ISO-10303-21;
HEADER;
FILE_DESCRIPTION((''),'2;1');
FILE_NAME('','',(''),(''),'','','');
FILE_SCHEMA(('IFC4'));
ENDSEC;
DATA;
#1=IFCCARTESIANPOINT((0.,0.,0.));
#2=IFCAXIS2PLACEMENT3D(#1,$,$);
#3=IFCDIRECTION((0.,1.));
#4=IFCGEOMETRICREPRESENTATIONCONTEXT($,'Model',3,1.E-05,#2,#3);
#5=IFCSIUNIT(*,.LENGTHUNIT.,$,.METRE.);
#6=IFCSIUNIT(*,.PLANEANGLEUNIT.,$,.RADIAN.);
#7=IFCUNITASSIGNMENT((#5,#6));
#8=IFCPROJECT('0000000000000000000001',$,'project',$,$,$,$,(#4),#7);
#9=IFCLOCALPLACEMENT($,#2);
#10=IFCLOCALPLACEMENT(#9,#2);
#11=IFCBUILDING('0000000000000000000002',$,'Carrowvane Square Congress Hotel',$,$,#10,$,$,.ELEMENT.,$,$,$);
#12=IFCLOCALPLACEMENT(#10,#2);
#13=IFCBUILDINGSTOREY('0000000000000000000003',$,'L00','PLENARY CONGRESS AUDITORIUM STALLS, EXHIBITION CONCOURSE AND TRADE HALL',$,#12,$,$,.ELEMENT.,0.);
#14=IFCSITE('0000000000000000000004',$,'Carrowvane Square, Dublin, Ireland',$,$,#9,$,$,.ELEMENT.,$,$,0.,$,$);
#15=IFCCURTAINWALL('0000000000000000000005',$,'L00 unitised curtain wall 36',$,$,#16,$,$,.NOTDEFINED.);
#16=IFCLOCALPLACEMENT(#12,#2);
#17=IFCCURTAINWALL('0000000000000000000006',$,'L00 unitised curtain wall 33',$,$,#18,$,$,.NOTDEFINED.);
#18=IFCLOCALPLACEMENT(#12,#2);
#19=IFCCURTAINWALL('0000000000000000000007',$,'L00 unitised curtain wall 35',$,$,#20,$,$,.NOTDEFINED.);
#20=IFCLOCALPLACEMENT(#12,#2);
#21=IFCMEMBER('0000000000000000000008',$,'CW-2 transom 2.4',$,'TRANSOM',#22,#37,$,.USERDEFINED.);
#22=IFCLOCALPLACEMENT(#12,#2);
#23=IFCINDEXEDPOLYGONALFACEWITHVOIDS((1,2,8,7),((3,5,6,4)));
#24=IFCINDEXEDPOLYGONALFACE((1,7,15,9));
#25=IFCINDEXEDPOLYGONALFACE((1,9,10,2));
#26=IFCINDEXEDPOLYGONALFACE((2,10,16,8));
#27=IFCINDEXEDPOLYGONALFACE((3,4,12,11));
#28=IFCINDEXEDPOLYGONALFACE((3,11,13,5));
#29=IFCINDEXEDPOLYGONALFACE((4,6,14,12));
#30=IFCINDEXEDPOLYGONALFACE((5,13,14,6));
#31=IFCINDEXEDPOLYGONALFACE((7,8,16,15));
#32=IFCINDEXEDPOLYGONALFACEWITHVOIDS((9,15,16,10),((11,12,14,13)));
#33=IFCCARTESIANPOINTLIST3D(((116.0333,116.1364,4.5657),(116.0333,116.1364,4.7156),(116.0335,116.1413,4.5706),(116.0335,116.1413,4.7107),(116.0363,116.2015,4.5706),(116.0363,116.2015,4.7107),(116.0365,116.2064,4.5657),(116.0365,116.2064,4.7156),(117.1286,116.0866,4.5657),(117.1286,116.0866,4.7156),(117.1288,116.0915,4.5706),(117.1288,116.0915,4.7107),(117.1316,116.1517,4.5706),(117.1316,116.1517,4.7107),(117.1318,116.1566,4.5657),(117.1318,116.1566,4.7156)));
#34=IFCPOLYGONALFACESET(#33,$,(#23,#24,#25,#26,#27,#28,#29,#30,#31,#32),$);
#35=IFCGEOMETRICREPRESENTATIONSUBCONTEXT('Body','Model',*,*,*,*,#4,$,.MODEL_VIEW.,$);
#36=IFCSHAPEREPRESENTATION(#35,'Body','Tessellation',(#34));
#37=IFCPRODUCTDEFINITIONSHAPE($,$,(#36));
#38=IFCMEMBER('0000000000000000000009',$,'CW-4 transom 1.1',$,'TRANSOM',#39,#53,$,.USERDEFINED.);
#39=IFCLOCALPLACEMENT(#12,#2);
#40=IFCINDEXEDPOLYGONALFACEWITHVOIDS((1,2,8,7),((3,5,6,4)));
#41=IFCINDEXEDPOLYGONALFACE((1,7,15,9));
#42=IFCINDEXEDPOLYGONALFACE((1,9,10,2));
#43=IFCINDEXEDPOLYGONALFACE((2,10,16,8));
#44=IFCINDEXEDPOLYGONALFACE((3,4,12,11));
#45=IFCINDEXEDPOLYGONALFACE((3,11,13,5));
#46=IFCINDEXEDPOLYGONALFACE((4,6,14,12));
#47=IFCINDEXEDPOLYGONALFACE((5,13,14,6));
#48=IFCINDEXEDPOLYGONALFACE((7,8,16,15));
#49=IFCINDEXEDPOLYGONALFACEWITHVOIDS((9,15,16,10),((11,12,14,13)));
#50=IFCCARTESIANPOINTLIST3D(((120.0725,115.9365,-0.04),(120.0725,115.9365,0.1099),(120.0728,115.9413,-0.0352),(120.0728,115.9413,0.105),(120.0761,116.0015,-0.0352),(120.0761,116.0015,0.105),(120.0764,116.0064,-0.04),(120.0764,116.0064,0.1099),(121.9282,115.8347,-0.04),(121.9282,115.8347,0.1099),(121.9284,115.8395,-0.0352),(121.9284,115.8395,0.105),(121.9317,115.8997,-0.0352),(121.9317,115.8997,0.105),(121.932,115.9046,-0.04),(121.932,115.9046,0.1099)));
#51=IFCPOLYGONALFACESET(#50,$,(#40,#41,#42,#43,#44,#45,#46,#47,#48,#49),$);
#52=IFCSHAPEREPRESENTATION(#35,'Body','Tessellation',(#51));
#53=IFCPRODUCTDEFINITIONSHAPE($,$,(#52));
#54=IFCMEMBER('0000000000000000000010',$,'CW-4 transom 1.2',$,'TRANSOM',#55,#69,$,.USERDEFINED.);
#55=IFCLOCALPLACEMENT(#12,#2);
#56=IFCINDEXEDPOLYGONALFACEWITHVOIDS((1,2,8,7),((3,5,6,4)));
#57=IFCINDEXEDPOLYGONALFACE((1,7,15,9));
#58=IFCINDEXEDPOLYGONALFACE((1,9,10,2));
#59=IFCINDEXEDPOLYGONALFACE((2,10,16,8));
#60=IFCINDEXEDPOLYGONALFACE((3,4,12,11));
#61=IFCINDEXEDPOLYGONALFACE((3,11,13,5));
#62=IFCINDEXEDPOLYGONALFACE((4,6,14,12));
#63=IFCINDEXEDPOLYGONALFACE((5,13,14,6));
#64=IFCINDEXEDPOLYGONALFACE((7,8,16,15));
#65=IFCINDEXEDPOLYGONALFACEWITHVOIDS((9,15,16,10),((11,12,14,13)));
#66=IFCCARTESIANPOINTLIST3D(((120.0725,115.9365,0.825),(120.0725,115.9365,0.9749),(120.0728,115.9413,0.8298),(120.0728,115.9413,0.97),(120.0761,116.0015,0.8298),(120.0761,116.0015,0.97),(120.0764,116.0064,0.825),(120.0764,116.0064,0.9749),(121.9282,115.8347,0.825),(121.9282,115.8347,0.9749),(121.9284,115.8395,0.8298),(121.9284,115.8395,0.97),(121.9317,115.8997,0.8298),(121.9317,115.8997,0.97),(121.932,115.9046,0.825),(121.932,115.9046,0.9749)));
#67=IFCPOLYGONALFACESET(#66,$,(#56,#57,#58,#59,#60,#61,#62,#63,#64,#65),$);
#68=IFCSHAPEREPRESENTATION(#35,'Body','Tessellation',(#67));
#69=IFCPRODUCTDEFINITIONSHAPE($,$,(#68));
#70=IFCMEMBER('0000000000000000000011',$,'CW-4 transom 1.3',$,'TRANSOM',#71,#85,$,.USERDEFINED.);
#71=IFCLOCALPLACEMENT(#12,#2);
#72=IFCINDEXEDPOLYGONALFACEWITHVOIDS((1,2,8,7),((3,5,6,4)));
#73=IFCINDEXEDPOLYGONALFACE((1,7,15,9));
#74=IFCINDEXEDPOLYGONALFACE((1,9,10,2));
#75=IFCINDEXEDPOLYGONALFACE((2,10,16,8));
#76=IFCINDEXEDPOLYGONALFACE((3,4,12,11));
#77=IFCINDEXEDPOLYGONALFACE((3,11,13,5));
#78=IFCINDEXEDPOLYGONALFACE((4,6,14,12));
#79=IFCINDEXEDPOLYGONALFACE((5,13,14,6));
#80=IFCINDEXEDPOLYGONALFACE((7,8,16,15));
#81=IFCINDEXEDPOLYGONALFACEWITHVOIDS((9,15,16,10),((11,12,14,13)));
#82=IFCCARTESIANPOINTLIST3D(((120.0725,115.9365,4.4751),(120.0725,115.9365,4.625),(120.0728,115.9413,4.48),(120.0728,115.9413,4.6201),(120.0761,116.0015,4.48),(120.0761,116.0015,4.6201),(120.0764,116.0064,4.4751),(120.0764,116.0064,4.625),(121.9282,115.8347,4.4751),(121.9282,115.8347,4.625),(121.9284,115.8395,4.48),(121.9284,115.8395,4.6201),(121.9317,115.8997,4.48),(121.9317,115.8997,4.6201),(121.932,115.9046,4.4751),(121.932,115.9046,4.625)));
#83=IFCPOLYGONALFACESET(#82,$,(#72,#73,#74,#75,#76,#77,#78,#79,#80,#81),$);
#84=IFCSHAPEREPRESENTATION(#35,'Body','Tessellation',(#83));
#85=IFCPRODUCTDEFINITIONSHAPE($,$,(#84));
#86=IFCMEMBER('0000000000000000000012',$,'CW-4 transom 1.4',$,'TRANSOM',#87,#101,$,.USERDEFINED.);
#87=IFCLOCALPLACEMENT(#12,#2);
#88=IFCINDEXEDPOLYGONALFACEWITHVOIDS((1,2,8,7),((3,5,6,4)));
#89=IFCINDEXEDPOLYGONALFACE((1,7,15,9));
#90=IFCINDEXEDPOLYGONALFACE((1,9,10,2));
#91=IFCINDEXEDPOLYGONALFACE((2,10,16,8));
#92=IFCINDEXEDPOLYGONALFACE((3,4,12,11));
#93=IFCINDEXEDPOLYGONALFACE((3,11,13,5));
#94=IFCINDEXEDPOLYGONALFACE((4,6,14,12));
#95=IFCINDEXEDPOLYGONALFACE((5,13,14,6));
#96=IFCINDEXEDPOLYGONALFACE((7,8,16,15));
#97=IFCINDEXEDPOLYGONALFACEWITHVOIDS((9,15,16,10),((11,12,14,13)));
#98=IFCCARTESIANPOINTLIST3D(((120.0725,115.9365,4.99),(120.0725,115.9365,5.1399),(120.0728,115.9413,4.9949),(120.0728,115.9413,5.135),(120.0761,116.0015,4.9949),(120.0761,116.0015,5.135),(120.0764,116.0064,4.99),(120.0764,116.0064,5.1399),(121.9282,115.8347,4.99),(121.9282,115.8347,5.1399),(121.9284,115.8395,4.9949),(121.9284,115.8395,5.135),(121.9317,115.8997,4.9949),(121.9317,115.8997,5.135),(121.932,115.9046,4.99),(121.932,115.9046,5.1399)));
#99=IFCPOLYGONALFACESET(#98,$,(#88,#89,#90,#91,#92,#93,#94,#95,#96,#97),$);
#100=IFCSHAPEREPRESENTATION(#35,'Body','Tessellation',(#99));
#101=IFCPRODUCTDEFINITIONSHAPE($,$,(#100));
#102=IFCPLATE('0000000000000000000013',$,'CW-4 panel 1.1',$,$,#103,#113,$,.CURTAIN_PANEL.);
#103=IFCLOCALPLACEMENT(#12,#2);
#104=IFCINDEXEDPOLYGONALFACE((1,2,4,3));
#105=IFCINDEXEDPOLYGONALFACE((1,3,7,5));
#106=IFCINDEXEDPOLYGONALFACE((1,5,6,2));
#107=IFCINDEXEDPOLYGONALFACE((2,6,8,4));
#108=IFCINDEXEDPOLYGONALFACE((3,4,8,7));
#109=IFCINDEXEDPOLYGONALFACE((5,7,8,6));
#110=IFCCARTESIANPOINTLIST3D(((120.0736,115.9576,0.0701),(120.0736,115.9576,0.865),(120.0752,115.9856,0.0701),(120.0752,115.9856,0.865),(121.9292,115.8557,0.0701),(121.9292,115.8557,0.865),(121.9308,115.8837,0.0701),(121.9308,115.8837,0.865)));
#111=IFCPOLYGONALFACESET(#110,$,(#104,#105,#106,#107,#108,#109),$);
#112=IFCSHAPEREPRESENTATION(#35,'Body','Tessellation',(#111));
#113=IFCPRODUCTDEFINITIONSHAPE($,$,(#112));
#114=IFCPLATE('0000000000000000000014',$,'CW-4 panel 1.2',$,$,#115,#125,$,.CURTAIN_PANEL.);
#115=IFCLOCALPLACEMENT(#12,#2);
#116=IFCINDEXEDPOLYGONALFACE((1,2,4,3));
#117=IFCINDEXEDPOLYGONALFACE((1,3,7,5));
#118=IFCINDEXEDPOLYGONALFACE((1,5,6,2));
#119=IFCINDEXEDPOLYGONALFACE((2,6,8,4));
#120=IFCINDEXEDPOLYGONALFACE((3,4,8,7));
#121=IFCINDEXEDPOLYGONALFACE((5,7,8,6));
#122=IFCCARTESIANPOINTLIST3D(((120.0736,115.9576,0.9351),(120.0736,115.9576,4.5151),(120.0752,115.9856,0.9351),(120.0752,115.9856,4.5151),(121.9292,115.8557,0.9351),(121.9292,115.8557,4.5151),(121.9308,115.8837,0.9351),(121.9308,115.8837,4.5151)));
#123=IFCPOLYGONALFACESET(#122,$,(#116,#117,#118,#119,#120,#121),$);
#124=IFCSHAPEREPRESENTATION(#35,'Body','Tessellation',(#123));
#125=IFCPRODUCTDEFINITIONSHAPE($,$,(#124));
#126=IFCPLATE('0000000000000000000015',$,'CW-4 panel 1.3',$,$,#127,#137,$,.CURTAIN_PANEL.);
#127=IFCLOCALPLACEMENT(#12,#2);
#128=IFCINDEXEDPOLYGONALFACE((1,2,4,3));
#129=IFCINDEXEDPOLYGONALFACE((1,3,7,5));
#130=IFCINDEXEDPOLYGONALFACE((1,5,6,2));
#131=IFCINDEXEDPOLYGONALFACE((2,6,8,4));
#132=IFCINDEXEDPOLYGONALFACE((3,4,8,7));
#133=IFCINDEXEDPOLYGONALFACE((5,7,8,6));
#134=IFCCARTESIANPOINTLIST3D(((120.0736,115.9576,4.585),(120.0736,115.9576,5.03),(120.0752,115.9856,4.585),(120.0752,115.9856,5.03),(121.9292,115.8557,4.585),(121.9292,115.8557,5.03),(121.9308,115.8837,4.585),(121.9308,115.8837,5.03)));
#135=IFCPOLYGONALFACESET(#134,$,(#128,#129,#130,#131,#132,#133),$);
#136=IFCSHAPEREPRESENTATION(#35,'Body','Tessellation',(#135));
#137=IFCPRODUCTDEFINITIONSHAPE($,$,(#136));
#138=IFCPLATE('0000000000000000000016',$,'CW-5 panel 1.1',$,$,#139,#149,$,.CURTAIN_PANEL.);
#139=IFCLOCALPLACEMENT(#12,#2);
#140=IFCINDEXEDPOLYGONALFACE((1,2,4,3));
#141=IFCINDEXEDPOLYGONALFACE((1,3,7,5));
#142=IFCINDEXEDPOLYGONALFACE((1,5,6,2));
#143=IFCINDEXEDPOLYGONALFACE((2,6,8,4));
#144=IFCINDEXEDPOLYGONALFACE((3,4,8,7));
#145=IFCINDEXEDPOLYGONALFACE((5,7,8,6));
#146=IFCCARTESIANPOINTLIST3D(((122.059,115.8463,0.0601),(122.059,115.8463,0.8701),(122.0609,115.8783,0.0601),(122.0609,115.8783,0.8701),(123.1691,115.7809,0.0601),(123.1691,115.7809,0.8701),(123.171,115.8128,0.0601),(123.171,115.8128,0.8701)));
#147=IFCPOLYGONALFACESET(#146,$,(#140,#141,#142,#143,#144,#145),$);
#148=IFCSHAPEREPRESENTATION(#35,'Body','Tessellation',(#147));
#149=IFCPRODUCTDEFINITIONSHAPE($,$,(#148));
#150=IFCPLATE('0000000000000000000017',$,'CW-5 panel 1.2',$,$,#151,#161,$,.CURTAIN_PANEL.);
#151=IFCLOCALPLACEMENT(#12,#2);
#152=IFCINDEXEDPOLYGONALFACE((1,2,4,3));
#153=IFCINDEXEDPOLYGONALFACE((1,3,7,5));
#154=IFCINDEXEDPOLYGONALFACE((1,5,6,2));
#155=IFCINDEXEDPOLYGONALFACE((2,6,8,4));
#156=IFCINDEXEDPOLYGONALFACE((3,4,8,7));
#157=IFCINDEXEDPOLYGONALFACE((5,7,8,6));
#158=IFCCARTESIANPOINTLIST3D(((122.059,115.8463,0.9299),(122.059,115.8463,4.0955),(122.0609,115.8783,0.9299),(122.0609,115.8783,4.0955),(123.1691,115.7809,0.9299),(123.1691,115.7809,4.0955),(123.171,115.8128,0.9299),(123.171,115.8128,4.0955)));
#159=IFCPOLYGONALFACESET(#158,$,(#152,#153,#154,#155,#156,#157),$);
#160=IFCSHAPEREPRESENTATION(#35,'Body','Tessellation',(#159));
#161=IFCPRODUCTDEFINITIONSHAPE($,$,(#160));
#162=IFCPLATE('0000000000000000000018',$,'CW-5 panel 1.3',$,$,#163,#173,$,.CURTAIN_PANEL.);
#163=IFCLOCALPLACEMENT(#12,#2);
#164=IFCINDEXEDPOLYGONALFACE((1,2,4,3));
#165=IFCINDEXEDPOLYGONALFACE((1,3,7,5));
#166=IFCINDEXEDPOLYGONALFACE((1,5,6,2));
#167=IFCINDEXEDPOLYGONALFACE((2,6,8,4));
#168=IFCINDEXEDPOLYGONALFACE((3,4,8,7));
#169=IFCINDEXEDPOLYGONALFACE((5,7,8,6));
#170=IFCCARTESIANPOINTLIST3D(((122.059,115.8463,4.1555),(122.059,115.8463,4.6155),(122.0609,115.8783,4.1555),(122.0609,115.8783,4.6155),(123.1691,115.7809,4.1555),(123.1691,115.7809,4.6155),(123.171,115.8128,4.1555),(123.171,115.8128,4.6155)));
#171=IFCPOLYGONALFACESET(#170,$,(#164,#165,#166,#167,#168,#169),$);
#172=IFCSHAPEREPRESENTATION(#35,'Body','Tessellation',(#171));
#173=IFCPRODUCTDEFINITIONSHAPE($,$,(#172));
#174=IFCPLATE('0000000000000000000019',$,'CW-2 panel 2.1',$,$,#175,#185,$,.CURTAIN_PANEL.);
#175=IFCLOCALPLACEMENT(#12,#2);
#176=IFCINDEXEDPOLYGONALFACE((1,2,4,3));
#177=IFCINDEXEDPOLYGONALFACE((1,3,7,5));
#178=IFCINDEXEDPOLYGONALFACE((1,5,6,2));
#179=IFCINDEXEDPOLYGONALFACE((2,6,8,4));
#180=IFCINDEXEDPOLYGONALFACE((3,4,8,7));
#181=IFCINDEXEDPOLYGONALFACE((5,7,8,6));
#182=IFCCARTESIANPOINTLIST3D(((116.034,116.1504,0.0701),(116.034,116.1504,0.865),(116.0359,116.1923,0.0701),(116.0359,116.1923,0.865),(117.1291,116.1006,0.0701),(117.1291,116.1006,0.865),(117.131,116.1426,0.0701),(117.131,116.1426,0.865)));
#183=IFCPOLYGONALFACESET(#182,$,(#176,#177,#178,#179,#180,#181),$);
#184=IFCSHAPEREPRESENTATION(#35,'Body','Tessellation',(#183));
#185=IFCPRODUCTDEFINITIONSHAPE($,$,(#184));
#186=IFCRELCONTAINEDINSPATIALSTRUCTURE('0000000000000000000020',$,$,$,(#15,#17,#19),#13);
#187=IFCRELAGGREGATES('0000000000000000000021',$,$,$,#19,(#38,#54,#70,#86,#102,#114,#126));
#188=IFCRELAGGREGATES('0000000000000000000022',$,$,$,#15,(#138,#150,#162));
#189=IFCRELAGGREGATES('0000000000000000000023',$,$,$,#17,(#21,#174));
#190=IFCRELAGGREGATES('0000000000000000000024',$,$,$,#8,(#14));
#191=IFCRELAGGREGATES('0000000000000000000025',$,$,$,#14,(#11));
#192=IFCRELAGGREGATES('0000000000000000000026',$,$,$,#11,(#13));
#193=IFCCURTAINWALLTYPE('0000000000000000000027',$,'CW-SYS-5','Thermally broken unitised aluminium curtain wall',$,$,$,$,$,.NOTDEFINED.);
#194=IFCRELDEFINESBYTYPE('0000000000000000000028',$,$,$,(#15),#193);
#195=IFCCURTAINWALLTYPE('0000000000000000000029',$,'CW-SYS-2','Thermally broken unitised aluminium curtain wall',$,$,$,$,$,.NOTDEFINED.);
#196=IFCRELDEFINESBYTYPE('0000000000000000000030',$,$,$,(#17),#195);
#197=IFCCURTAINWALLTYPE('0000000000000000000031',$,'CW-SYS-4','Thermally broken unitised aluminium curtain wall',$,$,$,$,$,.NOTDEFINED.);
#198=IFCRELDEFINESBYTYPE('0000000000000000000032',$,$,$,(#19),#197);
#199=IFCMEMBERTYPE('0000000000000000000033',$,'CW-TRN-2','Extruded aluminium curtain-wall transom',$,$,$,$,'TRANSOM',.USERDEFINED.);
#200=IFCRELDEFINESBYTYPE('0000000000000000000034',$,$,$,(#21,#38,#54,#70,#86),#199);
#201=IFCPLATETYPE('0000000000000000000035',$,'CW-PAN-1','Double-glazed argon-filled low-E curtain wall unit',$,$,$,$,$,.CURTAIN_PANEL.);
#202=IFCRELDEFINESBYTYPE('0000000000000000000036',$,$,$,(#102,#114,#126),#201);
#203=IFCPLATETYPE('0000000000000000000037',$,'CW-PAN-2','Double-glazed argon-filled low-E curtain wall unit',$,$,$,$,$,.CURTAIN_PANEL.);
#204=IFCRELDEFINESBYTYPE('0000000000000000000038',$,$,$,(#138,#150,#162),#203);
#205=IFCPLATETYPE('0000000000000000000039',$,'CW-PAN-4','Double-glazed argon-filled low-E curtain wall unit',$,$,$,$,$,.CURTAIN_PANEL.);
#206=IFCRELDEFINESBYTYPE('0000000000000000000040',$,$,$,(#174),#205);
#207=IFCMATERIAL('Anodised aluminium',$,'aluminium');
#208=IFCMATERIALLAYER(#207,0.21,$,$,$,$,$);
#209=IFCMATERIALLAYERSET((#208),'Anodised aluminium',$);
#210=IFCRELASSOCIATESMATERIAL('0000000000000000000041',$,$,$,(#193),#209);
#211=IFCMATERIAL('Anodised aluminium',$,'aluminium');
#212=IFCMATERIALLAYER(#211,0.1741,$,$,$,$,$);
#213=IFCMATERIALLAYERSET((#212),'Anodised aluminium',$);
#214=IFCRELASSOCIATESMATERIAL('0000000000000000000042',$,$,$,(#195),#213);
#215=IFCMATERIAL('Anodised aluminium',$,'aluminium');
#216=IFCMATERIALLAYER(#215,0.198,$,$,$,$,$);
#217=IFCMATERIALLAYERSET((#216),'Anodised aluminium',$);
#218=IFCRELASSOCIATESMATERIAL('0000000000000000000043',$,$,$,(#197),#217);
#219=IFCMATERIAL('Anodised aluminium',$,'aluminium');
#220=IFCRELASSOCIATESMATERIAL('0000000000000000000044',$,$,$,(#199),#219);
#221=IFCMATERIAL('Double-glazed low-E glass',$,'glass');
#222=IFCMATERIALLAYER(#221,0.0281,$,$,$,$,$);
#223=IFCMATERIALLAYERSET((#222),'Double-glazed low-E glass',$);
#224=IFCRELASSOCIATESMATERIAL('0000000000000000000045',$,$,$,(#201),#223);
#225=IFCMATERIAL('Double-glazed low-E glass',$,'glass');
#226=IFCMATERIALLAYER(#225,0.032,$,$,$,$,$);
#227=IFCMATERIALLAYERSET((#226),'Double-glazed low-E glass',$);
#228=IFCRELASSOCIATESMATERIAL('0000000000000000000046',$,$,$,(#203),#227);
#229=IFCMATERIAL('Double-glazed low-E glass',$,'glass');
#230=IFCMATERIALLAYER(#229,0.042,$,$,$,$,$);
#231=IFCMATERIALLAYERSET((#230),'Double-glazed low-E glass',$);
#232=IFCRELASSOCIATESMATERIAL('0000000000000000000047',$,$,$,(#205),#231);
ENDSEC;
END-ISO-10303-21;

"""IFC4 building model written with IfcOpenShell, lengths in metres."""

from ifc_helpers import new_model, si_unit, direction, frame, origin, origin_2d, place, context, subcontext, project, spatial, rectangle, hollow_rectangle, extrude, material, layer, layer_set, material_profile, profile_set, type_object, element, aggregate, save


model = new_model("IFC4")

# Units and contexts
model_context = context("Model", 3, precision=1e-05, world=origin(), true_north=direction((0.0, 1.0)))
body_context = subcontext(model_context, "Body", "Model", "MODEL_VIEW")
ifc_project = project(units=[si_unit("LENGTHUNIT", "METRE"), si_unit("PLANEANGLEUNIT", "RADIAN")], contexts=[model_context])

# Site, building, storey
site_placement = place(None, origin())
site = spatial("IfcSite", under=ifc_project, at=site_placement, Name="Carrowvane Square, Dublin, Ireland", CompositionType="ELEMENT", RefElevation=0.0)
building_placement = place(site_placement, origin())
building = spatial("IfcBuilding", under=site, at=building_placement, Name="Carrowvane Square Congress Hotel", CompositionType="ELEMENT")
storey_placement = place(building_placement, origin())
storey = spatial("IfcBuildingStorey", under=building, at=storey_placement, Name="L00", Description="PLENARY CONGRESS AUDITORIUM STALLS, EXHIBITION CONCOURSE AND TRADE HALL", CompositionType="ELEMENT", Elevation=0.0)

# Curtain wall
ifc_material_1 = material(Name="Anodised aluminium", Category="aluminium")
ifc_layer_1 = layer(ifc_material_1, 0.21)
ifc_layer_set_1 = layer_set([ifc_layer_1], Name="Anodised aluminium")
curtain_wall_type_1 = type_object("IfcCurtainWallType", Name="CW-SYS-5", Description="Thermally broken unitised aluminium curtain wall", PredefinedType="NOTDEFINED", material=ifc_layer_set_1)
curtain_wall_1_placement = place(storey_placement, origin())
curtain_wall_1 = element("IfcCurtainWall", 1, at=curtain_wall_1_placement, inside=storey, type_object=curtain_wall_type_1, Name="L00 unitised curtain wall 36", PredefinedType="NOTDEFINED")

# Curtain wall
ifc_material_2 = material(Name="Anodised aluminium", Category="aluminium")
ifc_layer_2 = layer(ifc_material_2, 0.1741)
ifc_layer_set_2 = layer_set([ifc_layer_2], Name="Anodised aluminium")
curtain_wall_type_2 = type_object("IfcCurtainWallType", Name="CW-SYS-2", Description="Thermally broken unitised aluminium curtain wall", PredefinedType="NOTDEFINED", material=ifc_layer_set_2)
curtain_wall_2_placement = place(storey_placement, origin())
curtain_wall_2 = element("IfcCurtainWall", 2, at=curtain_wall_2_placement, inside=storey, type_object=curtain_wall_type_2, Name="L00 unitised curtain wall 33", PredefinedType="NOTDEFINED")

# Curtain wall
ifc_material_3 = material(Name="Anodised aluminium", Category="aluminium")
ifc_layer_3 = layer(ifc_material_3, 0.198)
ifc_layer_set_3 = layer_set([ifc_layer_3], Name="Anodised aluminium")
curtain_wall_type_3 = type_object("IfcCurtainWallType", Name="CW-SYS-4", Description="Thermally broken unitised aluminium curtain wall", PredefinedType="NOTDEFINED", material=ifc_layer_set_3)
curtain_wall_3_placement = place(storey_placement, origin())
curtain_wall_3 = element("IfcCurtainWall", 3, at=curtain_wall_3_placement, inside=storey, type_object=curtain_wall_type_3, Name="L00 unitised curtain wall 35", PredefinedType="NOTDEFINED")

# Members
ifc_material_4 = material(Name="Anodised aluminium", Category="aluminium")
ifc_material_profile_1 = material_profile(ifc_material_4, hollow_rectangle(XDim=0.0701, YDim=0.1499, WallThickness=0.0049, at=origin_2d()), Name="CW-TR 70x150x5")
ifc_profile_set_1 = profile_set([ifc_material_profile_1], Name="Anodised aluminium")
member_type_1 = type_object("IfcMemberType", Name="CW-TRN-2", Description="Extruded aluminium curtain-wall transom", ElementType="TRANSOM", PredefinedType="USERDEFINED", material=ifc_profile_set_1)
member_1_placement = place(storey_placement, frame((116.0349, 116.1714, 4.6406), z_axis=(0.998968, -0.045428, 0.0), x_axis=(0.045428, 0.998968, 0.0)))
member_1 = element("IfcMember", 4, at=member_1_placement, type_object=member_type_1, Name="CW-2 transom 2.4", ObjectType="TRANSOM", PredefinedType="USERDEFINED", context=body_context, shape_type="SweptSolid", body=[
    extrude(hollow_rectangle(XDim=0.0701, YDim=0.1499, WallThickness=0.0049, at=origin_2d()), origin(), (0.0, 0.0, 1.0), 1.0964),
])
member_2_placement = place(storey_placement, frame((120.0745, 115.9714, 0.0349), z_axis=(0.998499, -0.054779, 0.0), x_axis=(0.054779, 0.998499, 0.0)))
member_2 = element("IfcMember", 5, at=member_2_placement, type_object=member_type_1, Name="CW-4 transom 1.1", ObjectType="TRANSOM", PredefinedType="USERDEFINED", context=body_context, shape_type="SweptSolid", body=[
    extrude(hollow_rectangle(XDim=0.0701, YDim=0.1499, WallThickness=0.0049, at=origin_2d()), origin(), (0.0, 0.0, 1.0), 1.8584),
])
member_3_placement = place(storey_placement, frame((120.0745, 115.9714, 0.8999), z_axis=(0.998499, -0.054779, 0.0), x_axis=(0.054779, 0.998499, 0.0)))
member_3 = element("IfcMember", 6, at=member_3_placement, type_object=member_type_1, Name="CW-4 transom 1.2", ObjectType="TRANSOM", PredefinedType="USERDEFINED", context=body_context, shape_type="SweptSolid", body=[
    extrude(hollow_rectangle(XDim=0.0701, YDim=0.1499, WallThickness=0.0049, at=origin_2d()), origin(), (0.0, 0.0, 1.0), 1.8584),
])
member_4_placement = place(storey_placement, frame((120.0745, 115.9714, 4.55), z_axis=(0.998499, -0.054779, 0.0), x_axis=(0.054779, 0.998499, 0.0)))
member_4 = element("IfcMember", 7, at=member_4_placement, type_object=member_type_1, Name="CW-4 transom 1.3", ObjectType="TRANSOM", PredefinedType="USERDEFINED", context=body_context, shape_type="SweptSolid", body=[
    extrude(hollow_rectangle(XDim=0.0701, YDim=0.1499, WallThickness=0.0049, at=origin_2d()), origin(), (0.0, 0.0, 1.0), 1.8584),
])
member_5_placement = place(storey_placement, frame((120.0745, 115.9714, 5.0649), z_axis=(0.998499, -0.054779, 0.0), x_axis=(0.054779, 0.998499, 0.0)))
member_5 = element("IfcMember", 8, at=member_5_placement, type_object=member_type_1, Name="CW-4 transom 1.4", ObjectType="TRANSOM", PredefinedType="USERDEFINED", context=body_context, shape_type="SweptSolid", body=[
    extrude(hollow_rectangle(XDim=0.0701, YDim=0.1499, WallThickness=0.0049, at=origin_2d()), origin(), (0.0, 0.0, 1.0), 1.8584),
])

# Plates
ifc_material_5 = material(Name="Double-glazed low-E glass", Category="glass")
ifc_layer_4 = layer(ifc_material_5, 0.0281)
ifc_layer_set_4 = layer_set([ifc_layer_4], Name="Double-glazed low-E glass")
plate_type_1 = type_object("IfcPlateType", Name="CW-PAN-1", Description="Double-glazed argon-filled low-E curtain wall unit", PredefinedType="CURTAIN_PANEL", material=ifc_layer_set_4)
plate_1_placement = place(storey_placement, frame((121.0022, 115.9207, 0.0701), z_axis=(0.0, 0.0, 1.0), x_axis=(0.998496, -0.054816, 0.0)))
plate_1 = element("IfcPlate", 9, at=plate_1_placement, type_object=plate_type_1, Name="CW-4 panel 1.1", PredefinedType="CURTAIN_PANEL", context=body_context, shape_type="SweptSolid", body=[
    extrude(rectangle(XDim=1.8584, YDim=0.0281, at=origin_2d()), origin(), (0.0, 0.0, 1.0), 0.7949),
])
plate_2_placement = place(storey_placement, frame((121.0022, 115.9207, 0.9351), z_axis=(0.0, 0.0, 1.0), x_axis=(0.998496, -0.054816, 0.0)))
plate_2 = element("IfcPlate", 10, at=plate_2_placement, type_object=plate_type_1, Name="CW-4 panel 1.2", PredefinedType="CURTAIN_PANEL", context=body_context, shape_type="SweptSolid", body=[
    extrude(rectangle(XDim=1.8584, YDim=0.0281, at=origin_2d()), origin(), (0.0, 0.0, 1.0), 3.5801),
])
plate_3_placement = place(storey_placement, frame((121.0022, 115.9207, 4.585), z_axis=(0.0, 0.0, 1.0), x_axis=(0.998496, -0.054816, 0.0)))
plate_3 = element("IfcPlate", 11, at=plate_3_placement, type_object=plate_type_1, Name="CW-4 panel 1.3", PredefinedType="CURTAIN_PANEL", context=body_context, shape_type="SweptSolid", body=[
    extrude(rectangle(XDim=1.8584, YDim=0.0281, at=origin_2d()), origin(), (0.0, 0.0, 1.0), 0.4451),
])
aggregate(curtain_wall_3, [member_2, member_3, member_4, member_5, plate_1, plate_2, plate_3])
ifc_material_6 = material(Name="Double-glazed low-E glass", Category="glass")
ifc_layer_5 = layer(ifc_material_6, 0.032)
ifc_layer_set_5 = layer_set([ifc_layer_5], Name="Double-glazed low-E glass")
plate_type_2 = type_object("IfcPlateType", Name="CW-PAN-2", Description="Double-glazed argon-filled low-E curtain wall unit", PredefinedType="CURTAIN_PANEL", material=ifc_layer_set_5)
plate_4_placement = place(storey_placement, frame((122.615, 115.8296, 0.0601), z_axis=(0.0, 0.0, 1.0), x_axis=(0.998267, -0.058851, 0.0)))
plate_4 = element("IfcPlate", 12, at=plate_4_placement, type_object=plate_type_2, Name="CW-5 panel 1.1", PredefinedType="CURTAIN_PANEL", context=body_context, shape_type="SweptSolid", body=[
    extrude(rectangle(XDim=1.1121, YDim=0.032, at=origin_2d()), origin(), (0.0, 0.0, 1.0), 0.8101),
])
plate_5_placement = place(storey_placement, frame((122.615, 115.8296, 0.9299), z_axis=(0.0, 0.0, 1.0), x_axis=(0.998267, -0.058851, 0.0)))
plate_5 = element("IfcPlate", 13, at=plate_5_placement, type_object=plate_type_2, Name="CW-5 panel 1.2", PredefinedType="CURTAIN_PANEL", context=body_context, shape_type="SweptSolid", body=[
    extrude(rectangle(XDim=1.1121, YDim=0.032, at=origin_2d()), origin(), (0.0, 0.0, 1.0), 3.1655),
])
plate_6_placement = place(storey_placement, frame((122.615, 115.8296, 4.1555), z_axis=(0.0, 0.0, 1.0), x_axis=(0.998267, -0.058851, 0.0)))
plate_6 = element("IfcPlate", 14, at=plate_6_placement, type_object=plate_type_2, Name="CW-5 panel 1.3", PredefinedType="CURTAIN_PANEL", context=body_context, shape_type="SweptSolid", body=[
    extrude(rectangle(XDim=1.1121, YDim=0.032, at=origin_2d()), origin(), (0.0, 0.0, 1.0), 0.46),
])
aggregate(curtain_wall_1, [plate_4, plate_5, plate_6])
ifc_material_7 = material(Name="Double-glazed low-E glass", Category="glass")
ifc_layer_6 = layer(ifc_material_7, 0.042)
ifc_layer_set_6 = layer_set([ifc_layer_6], Name="Double-glazed low-E glass")
plate_type_3 = type_object("IfcPlateType", Name="CW-PAN-4", Description="Double-glazed argon-filled low-E curtain wall unit", PredefinedType="CURTAIN_PANEL", material=ifc_layer_set_6)
plate_7_placement = place(storey_placement, frame((116.5825, 116.1465, 0.0701), z_axis=(0.0, 0.0, 1.0), x_axis=(0.998968, -0.045411, 0.0)))
plate_7 = element("IfcPlate", 15, at=plate_7_placement, type_object=plate_type_3, Name="CW-2 panel 2.1", PredefinedType="CURTAIN_PANEL", context=body_context, shape_type="SweptSolid", body=[
    extrude(rectangle(XDim=1.0962, YDim=0.042, at=origin_2d()), origin(), (0.0, 0.0, 1.0), 0.7949),
])
aggregate(curtain_wall_2, [member_1, plate_7])

save(model, "model.ifc")
